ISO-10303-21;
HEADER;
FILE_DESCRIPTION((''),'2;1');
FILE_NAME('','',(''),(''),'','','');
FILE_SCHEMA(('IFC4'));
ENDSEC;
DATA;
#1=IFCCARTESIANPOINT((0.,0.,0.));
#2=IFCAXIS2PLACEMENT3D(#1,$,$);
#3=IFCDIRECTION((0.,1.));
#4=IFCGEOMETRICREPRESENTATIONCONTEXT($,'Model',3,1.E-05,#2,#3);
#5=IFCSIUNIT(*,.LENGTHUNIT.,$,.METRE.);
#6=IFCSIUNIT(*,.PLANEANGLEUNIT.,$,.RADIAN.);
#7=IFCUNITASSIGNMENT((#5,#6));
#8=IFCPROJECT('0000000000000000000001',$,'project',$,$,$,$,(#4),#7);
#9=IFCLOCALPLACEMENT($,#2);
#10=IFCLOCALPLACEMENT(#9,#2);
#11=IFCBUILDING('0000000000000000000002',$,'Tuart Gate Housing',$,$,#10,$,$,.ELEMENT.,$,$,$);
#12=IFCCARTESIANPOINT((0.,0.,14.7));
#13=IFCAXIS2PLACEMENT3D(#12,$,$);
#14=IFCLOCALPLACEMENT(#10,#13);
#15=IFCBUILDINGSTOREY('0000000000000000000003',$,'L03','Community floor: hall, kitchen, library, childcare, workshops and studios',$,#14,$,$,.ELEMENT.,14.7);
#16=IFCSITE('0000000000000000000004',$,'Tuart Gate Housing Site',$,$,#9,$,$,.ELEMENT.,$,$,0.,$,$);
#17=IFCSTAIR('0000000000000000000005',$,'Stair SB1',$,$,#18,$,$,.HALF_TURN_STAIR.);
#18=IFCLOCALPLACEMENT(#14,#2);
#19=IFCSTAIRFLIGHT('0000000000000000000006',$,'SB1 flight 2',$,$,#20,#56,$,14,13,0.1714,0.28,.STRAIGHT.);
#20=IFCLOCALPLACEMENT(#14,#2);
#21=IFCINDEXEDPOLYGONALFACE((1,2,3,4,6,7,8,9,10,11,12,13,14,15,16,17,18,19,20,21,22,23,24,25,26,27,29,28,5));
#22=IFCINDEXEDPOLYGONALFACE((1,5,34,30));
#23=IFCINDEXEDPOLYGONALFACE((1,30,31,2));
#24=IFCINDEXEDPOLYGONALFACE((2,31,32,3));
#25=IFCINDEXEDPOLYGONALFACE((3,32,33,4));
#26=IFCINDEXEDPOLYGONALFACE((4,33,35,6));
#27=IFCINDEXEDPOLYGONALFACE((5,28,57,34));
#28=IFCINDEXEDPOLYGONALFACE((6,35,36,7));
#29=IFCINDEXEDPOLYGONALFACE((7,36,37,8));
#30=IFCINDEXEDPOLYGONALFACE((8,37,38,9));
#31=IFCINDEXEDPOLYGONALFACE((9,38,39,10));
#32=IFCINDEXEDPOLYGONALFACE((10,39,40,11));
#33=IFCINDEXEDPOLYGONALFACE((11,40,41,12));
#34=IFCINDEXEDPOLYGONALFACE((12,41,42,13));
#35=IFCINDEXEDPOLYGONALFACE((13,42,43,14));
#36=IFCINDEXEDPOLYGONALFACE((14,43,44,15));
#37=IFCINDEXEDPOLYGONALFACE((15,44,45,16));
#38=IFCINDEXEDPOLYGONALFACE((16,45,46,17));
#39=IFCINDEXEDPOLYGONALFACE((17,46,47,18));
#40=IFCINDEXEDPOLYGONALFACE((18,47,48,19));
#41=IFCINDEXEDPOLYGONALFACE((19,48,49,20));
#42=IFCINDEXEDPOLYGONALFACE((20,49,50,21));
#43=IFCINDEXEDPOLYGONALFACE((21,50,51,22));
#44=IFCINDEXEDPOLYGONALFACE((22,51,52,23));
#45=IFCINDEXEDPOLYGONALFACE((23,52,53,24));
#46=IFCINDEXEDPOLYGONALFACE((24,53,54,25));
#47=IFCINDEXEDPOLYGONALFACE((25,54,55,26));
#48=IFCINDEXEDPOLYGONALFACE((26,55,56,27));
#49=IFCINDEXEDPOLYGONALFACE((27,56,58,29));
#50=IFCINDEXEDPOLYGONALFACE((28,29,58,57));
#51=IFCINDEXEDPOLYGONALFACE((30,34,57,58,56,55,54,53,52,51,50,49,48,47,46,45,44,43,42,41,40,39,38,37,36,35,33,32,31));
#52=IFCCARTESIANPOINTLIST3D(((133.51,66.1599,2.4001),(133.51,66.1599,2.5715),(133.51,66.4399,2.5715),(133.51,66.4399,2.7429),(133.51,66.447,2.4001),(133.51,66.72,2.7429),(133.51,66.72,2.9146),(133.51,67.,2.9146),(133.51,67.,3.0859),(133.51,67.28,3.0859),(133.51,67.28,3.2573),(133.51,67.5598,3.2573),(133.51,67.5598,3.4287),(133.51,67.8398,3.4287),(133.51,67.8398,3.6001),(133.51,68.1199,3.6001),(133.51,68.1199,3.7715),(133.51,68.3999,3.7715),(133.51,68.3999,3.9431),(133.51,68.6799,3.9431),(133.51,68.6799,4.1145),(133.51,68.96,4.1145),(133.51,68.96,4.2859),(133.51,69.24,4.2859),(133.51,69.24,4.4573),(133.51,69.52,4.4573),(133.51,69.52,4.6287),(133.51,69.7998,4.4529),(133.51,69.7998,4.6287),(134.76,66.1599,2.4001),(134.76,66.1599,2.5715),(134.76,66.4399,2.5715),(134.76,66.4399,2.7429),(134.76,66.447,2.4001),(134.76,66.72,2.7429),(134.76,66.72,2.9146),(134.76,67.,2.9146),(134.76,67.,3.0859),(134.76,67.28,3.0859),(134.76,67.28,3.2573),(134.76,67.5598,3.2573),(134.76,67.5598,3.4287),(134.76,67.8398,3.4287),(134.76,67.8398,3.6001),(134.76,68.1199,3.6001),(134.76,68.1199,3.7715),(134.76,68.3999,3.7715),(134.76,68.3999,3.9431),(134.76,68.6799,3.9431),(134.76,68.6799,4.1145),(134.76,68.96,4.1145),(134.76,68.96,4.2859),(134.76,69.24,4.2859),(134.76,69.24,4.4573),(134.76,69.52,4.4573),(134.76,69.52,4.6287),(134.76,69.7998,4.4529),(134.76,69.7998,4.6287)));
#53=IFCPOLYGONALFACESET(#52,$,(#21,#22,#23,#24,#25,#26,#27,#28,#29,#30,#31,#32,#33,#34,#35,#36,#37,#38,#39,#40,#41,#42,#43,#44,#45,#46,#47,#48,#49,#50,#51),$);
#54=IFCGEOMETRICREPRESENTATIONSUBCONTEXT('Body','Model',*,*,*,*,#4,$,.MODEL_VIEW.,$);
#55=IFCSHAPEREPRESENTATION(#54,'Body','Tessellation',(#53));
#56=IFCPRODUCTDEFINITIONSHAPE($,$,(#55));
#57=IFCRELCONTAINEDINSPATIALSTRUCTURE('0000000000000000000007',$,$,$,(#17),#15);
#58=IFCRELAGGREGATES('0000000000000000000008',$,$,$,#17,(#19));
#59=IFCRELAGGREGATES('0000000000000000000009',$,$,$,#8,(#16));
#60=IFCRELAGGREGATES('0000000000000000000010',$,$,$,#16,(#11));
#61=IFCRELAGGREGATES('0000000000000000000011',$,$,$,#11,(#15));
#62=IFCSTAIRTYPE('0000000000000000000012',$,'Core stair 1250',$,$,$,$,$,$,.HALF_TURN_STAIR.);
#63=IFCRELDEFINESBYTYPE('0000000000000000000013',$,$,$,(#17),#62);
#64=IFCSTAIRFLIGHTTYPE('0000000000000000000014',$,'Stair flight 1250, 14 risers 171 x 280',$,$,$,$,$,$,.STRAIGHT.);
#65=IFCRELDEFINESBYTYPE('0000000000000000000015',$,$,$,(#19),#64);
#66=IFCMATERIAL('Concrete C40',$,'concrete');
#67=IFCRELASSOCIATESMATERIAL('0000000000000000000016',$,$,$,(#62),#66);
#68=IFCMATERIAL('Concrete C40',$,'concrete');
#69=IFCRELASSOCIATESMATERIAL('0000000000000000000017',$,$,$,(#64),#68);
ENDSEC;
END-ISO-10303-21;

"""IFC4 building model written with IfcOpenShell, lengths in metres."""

from ifc_helpers import new_model, si_unit, direction, frame, origin, place, context, subcontext, project, spatial, polyline, outline, extrude, material, type_object, element, aggregate, save


model = new_model("IFC4")

# Units and contexts
model_context = context("Model", 3, precision=1e-05, world=origin(), true_north=direction((0.0, 1.0)))
body_context = subcontext(model_context, "Body", "Model", "MODEL_VIEW")
ifc_project = project(units=[si_unit("LENGTHUNIT", "METRE"), si_unit("PLANEANGLEUNIT", "RADIAN")], contexts=[model_context])

# Site, building, storey
site_placement = place(None, origin())
site = spatial("IfcSite", under=ifc_project, at=site_placement, Name="Tuart Gate Housing Site", CompositionType="ELEMENT", RefElevation=0.0)
building_placement = place(site_placement, origin())
building = spatial("IfcBuilding", under=site, at=building_placement, Name="Tuart Gate Housing", CompositionType="ELEMENT")
storey_placement = place(building_placement, frame((0.0, 0.0, 14.7)))
storey = spatial("IfcBuildingStorey", under=building, at=storey_placement, Name="L03", Description="Community floor: hall, kitchen, library, childcare, workshops and studios", CompositionType="ELEMENT", Elevation=14.7)

# Stair, stair flight
ifc_material_1 = material(Name="Concrete C40", Category="concrete")
stair_type = type_object("IfcStairType", Name="Core stair 1250", PredefinedType="HALF_TURN_STAIR", material=ifc_material_1)
stair_placement = place(storey_placement, origin())
stair = element("IfcStair", 1, at=stair_placement, inside=storey, type_object=stair_type, Name="Stair SB1", PredefinedType="HALF_TURN_STAIR")
ifc_material_2 = material(Name="Concrete C40", Category="concrete")
stair_flight_type = type_object("IfcStairFlightType", Name="Stair flight 1250, 14 risers 171 x 280", PredefinedType="STRAIGHT", material=ifc_material_2)
stair_flight_1_placement = place(storey_placement, frame((134.135, 66.1599, 2.4001), z_axis=(0.0, 0.0, 1.0), x_axis=(0.0, 1.0, 0.0)))
stair_flight_1 = element("IfcStairFlight", 2, at=stair_flight_1_placement, type_object=stair_flight_type, Name="SB1 flight 2", NumberOfRisers=14, NumberOfTreads=13, PredefinedType="STRAIGHT", RiserHeight=0.1714, TreadLength=0.28, context=body_context, shape_type="SweptSolid", body=[
    extrude(outline(polyline([(0.0, 0.0), (0.0, 0.1714), (0.28, 0.1714), (0.28, 0.3428), (0.5601, 0.3428), (0.5601, 0.5144), (0.8401, 0.5144), (0.8401, 0.6858), (1.1201, 0.6858), (1.1201, 0.8572), (1.3999, 0.8572), (1.3999, 1.0286), (1.6799, 1.0286), (1.6799, 1.2), (1.96, 1.2), (1.96, 1.3713), (2.24, 1.3713), (2.24, 1.543), (2.52, 1.543), (2.52, 1.7144), (2.8, 1.7144), (2.8, 1.8857), (3.0801, 1.8857), (3.0801, 2.0571), (3.3601, 2.0571), (3.3601, 2.2285), (3.6399, 2.2285), (3.6399, 2.3999), (3.6399, 2.0527), (0.2871, 0.0), (0.0, 0.0)])), frame((0.0, 0.625, 0.0), z_axis=(0.0, -1.0, 0.0), x_axis=(1.0, 0.0, 0.0)), (0.0, 0.0, 1.0), 1.25),
])
aggregate(stair, [stair_flight_1])

save(model, "model.ifc")
